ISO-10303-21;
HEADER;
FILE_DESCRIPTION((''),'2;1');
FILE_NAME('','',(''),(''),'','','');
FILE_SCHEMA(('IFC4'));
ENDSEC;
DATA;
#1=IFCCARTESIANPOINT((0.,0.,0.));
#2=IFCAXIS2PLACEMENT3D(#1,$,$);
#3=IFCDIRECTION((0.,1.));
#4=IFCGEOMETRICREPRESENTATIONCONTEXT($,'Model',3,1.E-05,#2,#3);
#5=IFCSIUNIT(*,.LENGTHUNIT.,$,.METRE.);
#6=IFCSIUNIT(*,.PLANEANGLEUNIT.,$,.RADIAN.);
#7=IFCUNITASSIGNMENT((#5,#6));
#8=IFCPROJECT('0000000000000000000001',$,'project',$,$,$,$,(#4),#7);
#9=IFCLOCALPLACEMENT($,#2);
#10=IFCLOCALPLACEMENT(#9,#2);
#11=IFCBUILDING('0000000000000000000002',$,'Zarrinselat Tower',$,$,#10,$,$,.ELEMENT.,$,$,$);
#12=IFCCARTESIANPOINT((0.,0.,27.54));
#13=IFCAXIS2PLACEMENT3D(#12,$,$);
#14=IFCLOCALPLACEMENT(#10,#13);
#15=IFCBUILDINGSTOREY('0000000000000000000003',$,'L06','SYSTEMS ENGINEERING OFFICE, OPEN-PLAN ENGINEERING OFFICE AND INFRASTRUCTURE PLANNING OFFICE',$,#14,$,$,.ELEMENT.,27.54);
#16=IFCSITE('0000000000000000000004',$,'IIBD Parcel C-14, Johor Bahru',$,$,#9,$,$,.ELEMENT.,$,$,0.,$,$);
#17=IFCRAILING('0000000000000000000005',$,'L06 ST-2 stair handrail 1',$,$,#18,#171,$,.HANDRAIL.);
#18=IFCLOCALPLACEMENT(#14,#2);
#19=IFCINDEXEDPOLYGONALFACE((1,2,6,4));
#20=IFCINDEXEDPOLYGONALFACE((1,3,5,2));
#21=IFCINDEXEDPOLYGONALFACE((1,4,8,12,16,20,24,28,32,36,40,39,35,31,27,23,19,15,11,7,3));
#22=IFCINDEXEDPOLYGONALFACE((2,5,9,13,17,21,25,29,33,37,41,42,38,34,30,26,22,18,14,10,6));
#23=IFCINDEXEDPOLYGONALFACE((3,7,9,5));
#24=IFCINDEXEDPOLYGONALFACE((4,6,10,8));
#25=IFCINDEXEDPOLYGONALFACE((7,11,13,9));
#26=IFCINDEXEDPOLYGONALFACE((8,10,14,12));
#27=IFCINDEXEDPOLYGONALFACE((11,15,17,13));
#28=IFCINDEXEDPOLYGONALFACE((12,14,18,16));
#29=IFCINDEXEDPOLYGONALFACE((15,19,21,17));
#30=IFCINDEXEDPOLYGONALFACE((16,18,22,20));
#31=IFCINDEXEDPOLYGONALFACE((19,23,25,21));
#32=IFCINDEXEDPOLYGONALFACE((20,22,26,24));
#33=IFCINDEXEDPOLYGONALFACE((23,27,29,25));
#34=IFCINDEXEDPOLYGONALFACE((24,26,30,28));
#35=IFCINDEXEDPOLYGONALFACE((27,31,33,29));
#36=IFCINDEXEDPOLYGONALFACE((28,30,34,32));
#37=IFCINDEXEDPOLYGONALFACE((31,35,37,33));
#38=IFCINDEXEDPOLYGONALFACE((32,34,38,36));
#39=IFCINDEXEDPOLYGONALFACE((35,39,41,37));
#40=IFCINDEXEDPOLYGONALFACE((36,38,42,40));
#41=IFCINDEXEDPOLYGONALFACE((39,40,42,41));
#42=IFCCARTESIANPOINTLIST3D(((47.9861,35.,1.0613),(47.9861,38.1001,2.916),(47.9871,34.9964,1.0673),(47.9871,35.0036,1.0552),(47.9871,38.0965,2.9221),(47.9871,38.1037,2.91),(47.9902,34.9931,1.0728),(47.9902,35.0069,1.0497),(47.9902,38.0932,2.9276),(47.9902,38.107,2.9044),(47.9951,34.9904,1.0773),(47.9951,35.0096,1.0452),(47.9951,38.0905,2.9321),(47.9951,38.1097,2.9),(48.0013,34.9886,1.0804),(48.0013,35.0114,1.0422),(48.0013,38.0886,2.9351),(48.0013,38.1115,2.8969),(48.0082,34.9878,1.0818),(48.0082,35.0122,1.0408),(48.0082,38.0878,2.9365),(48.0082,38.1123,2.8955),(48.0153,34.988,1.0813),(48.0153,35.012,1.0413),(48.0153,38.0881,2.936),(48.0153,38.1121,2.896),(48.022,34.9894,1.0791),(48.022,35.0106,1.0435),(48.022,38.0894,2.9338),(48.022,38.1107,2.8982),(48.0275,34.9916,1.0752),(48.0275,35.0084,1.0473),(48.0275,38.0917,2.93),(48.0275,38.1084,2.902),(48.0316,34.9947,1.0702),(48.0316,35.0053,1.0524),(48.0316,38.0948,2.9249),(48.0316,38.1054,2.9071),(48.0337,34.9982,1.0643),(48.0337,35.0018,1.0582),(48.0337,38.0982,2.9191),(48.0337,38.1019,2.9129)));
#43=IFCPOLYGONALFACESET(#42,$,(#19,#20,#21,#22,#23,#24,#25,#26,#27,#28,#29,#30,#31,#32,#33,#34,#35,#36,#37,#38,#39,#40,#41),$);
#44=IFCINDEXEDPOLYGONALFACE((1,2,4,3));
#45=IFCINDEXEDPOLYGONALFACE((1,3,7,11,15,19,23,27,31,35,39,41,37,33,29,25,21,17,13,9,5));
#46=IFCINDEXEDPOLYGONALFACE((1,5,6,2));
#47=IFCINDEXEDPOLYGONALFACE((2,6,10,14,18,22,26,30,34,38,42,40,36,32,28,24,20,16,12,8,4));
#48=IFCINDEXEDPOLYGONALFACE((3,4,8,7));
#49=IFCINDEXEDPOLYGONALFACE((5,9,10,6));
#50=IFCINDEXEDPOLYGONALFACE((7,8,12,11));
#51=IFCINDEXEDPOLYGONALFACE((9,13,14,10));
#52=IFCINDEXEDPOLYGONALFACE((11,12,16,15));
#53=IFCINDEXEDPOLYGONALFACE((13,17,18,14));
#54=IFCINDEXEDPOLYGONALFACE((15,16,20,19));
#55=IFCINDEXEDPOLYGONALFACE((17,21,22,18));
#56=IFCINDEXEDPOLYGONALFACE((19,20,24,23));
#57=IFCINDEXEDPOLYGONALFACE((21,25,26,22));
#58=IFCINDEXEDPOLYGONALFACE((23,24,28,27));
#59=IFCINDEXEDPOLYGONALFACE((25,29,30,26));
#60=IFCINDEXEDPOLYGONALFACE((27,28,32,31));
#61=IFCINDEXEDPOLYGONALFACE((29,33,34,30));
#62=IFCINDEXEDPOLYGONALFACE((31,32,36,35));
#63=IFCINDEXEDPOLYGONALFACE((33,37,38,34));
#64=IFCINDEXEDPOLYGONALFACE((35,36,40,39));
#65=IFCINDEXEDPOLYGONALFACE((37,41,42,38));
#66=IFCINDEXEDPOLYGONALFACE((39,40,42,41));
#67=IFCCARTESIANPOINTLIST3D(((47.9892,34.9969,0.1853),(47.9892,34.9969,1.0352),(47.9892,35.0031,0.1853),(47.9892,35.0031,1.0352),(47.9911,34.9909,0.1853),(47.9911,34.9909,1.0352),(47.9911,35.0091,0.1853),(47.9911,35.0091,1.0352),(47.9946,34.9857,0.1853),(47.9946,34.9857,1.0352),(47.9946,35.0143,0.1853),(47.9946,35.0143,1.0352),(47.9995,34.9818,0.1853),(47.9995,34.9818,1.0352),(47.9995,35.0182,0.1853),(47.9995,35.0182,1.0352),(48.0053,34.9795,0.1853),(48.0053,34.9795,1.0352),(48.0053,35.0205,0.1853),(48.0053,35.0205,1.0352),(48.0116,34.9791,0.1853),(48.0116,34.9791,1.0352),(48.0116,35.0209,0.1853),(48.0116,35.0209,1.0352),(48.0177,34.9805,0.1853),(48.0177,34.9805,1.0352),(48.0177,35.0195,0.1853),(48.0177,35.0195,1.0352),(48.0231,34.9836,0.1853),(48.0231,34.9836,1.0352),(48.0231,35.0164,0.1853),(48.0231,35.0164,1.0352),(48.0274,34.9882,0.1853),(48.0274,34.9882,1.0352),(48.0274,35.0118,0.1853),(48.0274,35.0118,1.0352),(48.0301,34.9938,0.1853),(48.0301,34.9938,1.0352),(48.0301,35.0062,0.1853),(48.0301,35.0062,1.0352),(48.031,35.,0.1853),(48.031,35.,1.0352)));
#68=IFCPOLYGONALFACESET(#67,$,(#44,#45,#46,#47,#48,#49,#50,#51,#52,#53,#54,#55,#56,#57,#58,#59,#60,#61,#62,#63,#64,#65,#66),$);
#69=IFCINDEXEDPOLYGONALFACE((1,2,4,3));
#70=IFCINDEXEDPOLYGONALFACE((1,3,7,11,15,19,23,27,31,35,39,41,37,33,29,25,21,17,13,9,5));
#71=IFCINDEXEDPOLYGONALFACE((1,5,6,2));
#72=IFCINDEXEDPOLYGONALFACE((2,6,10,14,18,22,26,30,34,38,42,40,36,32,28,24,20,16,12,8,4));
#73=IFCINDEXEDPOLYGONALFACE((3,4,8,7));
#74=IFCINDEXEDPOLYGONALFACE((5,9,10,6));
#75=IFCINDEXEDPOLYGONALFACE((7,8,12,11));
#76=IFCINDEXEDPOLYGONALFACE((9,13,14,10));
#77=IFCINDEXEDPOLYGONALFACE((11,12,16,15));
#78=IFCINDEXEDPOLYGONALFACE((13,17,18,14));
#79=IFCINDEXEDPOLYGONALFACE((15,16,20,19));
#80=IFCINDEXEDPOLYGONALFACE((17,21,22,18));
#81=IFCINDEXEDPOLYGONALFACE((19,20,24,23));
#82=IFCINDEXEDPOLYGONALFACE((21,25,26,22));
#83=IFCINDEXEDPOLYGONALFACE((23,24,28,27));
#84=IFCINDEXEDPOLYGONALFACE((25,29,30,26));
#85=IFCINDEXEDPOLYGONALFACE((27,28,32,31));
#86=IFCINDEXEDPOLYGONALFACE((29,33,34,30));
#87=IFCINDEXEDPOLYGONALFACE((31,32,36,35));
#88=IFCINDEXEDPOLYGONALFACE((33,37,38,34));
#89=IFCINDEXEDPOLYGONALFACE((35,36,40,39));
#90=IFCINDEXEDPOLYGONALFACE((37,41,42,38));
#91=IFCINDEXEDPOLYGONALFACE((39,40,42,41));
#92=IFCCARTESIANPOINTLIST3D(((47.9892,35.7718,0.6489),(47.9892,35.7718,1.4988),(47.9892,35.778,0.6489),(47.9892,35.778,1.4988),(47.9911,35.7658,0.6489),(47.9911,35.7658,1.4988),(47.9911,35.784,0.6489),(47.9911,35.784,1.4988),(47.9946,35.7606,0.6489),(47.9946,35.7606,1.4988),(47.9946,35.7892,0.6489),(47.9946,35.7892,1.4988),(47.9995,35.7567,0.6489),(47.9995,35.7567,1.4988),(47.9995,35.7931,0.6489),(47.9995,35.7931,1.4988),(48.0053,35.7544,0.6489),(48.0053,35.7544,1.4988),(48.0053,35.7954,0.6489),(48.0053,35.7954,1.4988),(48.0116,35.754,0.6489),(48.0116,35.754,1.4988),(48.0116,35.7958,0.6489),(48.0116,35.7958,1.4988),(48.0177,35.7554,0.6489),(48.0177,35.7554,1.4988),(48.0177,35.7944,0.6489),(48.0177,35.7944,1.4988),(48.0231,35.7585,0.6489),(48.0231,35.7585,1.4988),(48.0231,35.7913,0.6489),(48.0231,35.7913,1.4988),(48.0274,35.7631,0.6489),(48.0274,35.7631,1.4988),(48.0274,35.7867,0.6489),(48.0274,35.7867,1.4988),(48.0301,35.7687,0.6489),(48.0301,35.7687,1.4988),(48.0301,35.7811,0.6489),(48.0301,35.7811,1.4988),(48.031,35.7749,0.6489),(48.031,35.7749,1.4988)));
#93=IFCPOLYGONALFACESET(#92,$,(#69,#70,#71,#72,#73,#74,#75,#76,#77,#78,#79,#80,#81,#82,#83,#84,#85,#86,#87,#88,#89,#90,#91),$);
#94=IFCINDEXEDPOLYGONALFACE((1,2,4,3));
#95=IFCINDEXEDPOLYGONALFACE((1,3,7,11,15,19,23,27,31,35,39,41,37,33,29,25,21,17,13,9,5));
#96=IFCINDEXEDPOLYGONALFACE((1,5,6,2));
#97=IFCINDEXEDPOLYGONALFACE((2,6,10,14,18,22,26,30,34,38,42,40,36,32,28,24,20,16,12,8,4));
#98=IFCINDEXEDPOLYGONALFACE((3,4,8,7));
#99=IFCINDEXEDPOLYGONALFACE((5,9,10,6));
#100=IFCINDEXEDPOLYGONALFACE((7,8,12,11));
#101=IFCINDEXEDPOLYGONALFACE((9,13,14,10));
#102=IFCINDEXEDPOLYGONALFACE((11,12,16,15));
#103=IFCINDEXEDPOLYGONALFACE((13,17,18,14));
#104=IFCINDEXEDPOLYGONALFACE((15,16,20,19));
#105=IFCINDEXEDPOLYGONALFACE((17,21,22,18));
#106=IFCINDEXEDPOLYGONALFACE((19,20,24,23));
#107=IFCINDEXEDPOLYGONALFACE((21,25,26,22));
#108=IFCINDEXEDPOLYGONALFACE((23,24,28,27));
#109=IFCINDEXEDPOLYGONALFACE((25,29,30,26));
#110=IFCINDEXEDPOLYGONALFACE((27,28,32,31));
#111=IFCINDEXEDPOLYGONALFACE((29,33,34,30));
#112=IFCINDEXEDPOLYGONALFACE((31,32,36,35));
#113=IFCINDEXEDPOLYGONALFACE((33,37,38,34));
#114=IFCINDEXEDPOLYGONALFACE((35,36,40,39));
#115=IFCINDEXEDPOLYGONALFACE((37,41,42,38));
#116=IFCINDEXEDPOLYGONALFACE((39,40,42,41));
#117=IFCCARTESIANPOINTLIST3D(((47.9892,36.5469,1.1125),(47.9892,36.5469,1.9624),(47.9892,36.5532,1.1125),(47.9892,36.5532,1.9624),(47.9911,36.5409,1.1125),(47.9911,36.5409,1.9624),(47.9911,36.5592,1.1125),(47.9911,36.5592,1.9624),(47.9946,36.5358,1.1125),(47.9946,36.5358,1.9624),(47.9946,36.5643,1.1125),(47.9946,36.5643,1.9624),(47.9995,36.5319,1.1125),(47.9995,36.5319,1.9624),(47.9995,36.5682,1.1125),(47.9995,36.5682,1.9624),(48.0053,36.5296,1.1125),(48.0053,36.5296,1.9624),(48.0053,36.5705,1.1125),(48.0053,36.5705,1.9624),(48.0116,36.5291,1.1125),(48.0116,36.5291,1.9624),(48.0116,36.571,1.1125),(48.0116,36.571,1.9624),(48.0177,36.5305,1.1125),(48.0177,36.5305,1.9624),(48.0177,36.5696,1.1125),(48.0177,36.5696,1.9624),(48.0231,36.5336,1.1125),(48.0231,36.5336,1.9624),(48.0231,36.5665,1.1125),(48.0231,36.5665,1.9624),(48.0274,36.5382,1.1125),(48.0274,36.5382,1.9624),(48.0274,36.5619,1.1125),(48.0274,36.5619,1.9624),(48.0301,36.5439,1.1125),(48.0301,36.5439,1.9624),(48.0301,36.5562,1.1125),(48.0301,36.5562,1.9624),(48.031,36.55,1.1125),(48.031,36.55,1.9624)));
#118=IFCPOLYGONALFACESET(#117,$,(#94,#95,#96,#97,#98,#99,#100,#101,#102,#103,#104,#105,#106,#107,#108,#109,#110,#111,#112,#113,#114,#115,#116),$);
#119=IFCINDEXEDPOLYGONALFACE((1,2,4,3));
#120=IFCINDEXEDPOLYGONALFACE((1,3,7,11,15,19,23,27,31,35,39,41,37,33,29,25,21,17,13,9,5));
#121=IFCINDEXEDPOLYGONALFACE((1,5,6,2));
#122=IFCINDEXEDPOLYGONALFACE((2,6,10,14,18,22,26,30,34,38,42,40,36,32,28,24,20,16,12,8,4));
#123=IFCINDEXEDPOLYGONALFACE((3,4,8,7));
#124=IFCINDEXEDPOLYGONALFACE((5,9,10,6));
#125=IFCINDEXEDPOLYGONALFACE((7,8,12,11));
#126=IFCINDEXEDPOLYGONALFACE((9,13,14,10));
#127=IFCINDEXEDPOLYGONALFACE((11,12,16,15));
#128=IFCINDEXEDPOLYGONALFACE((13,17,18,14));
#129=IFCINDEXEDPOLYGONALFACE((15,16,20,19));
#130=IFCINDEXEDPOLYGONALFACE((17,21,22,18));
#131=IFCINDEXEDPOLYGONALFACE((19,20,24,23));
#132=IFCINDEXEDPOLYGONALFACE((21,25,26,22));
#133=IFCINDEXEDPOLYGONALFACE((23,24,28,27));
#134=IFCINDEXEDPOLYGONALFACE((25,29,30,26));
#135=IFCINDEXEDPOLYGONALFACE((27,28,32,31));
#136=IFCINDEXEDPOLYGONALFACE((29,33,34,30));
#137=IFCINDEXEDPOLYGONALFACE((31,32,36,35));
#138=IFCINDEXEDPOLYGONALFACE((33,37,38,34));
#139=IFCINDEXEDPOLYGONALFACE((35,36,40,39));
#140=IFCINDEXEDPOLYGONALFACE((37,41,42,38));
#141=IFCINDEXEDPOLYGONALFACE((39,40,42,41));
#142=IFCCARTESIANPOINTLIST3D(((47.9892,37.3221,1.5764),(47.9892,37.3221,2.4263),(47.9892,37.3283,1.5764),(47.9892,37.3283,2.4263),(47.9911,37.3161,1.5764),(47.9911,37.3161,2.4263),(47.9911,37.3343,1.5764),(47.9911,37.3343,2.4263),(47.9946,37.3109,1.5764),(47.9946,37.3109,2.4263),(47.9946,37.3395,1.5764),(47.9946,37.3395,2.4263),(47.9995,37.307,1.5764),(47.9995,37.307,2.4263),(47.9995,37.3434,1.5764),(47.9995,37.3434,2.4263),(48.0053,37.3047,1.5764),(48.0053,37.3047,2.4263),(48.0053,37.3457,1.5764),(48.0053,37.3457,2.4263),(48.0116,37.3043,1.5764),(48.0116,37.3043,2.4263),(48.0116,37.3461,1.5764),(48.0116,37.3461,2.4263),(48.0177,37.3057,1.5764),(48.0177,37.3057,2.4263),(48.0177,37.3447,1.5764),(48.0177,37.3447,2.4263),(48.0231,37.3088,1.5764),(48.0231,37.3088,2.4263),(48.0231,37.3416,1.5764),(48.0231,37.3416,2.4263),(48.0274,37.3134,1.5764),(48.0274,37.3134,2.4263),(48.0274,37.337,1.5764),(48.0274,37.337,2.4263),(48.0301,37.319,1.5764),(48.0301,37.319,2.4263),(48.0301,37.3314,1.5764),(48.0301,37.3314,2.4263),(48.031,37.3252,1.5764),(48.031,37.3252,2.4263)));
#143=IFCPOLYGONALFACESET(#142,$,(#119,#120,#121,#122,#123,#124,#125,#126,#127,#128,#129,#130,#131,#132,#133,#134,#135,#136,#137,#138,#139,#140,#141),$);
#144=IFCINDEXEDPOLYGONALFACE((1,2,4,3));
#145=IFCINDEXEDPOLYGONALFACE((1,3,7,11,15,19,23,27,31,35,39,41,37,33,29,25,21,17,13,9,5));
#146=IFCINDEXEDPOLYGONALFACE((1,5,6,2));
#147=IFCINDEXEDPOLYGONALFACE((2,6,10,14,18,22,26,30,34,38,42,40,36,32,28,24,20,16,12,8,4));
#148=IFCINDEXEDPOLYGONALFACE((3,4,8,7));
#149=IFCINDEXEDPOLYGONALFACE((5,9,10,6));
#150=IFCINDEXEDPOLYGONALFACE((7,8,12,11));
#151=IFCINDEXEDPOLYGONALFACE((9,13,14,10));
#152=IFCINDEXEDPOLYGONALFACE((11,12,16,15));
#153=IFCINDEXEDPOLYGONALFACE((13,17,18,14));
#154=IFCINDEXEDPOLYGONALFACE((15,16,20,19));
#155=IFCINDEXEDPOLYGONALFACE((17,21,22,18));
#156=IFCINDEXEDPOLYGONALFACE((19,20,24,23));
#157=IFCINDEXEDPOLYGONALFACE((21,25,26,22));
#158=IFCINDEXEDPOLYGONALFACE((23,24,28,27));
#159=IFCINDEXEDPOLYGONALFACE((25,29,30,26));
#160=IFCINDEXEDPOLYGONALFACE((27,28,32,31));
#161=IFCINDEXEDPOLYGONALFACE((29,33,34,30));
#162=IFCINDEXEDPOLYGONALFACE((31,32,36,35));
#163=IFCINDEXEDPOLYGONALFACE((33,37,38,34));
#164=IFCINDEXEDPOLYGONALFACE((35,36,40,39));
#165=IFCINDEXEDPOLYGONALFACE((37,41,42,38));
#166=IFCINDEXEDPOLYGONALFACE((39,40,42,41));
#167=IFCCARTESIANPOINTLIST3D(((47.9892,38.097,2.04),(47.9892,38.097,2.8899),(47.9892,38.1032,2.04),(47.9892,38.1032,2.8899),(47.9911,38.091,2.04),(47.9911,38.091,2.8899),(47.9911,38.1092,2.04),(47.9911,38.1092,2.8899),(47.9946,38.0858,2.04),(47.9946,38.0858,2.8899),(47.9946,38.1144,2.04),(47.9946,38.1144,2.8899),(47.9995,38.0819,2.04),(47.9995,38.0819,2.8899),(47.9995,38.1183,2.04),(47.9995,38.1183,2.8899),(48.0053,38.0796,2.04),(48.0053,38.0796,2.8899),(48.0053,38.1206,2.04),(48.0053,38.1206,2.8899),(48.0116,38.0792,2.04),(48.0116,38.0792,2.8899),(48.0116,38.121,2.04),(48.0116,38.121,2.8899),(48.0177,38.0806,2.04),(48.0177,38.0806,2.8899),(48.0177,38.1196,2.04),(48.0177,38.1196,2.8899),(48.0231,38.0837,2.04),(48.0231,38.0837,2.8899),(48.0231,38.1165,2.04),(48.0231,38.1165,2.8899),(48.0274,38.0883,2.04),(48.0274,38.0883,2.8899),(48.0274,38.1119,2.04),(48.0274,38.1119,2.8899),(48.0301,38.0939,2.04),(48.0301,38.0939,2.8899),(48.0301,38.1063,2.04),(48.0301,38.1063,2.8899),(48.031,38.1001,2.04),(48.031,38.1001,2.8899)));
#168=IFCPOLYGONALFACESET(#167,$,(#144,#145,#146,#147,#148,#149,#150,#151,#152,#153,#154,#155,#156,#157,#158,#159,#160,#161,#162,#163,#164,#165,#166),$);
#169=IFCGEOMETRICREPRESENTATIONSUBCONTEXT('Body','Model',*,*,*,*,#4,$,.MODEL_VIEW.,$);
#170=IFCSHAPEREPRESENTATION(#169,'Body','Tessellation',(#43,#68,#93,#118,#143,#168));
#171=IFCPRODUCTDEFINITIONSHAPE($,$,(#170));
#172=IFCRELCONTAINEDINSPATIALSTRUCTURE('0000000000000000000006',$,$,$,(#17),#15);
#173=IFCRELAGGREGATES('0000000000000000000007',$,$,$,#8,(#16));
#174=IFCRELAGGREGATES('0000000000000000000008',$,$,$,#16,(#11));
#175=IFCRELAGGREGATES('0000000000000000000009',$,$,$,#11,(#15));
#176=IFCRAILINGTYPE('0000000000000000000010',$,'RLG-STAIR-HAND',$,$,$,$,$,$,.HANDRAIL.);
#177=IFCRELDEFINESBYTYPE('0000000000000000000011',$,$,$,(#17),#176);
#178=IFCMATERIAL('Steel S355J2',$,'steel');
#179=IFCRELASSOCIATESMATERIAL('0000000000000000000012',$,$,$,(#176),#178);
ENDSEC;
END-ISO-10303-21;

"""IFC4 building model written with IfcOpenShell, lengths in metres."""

from ifc_helpers import new_model, si_unit, direction, frame, origin, origin_2d, place, context, subcontext, project, spatial, circle, extrude, material, type_object, element, save


model = new_model("IFC4")

# Units and contexts
model_context = context("Model", 3, precision=1e-05, world=origin(), true_north=direction((0.0, 1.0)))
body_context = subcontext(model_context, "Body", "Model", "MODEL_VIEW")
ifc_project = project(units=[si_unit("LENGTHUNIT", "METRE"), si_unit("PLANEANGLEUNIT", "RADIAN")], contexts=[model_context])

# Site, building, storey
site_placement = place(None, origin())
site = spatial("IfcSite", under=ifc_project, at=site_placement, Name="IIBD Parcel C-14, Johor Bahru", CompositionType="ELEMENT", RefElevation=0.0)
building_placement = place(site_placement, origin())
building = spatial("IfcBuilding", under=site, at=building_placement, Name="Zarrinselat Tower", CompositionType="ELEMENT")
storey_placement = place(building_placement, frame((0.0, 0.0, 27.54)))
storey = spatial("IfcBuildingStorey", under=building, at=storey_placement, Name="L06", Description="SYSTEMS ENGINEERING OFFICE, OPEN-PLAN ENGINEERING OFFICE AND INFRASTRUCTURE PLANNING OFFICE", CompositionType="ELEMENT", Elevation=27.54)

# Railing
ifc_material_1 = material(Name="Steel S355J2", Category="steel")
railing_type_1 = type_object("IfcRailingType", Name="RLG-STAIR-HAND", PredefinedType="HANDRAIL", material=ifc_material_1)
railing_1_placement = place(storey_placement, frame((48.01, 35.0, 0.1853)))
element("IfcRailing", 1, at=railing_1_placement, inside=storey, type_object=railing_type_1, Name="L06 ST-2 stair handrail 1", PredefinedType="HANDRAIL", context=body_context, shape_type="SweptSolid", body=[
    extrude(circle(Radius=0.0239, at=origin_2d()), frame((0.0, 0.0, 0.876), z_axis=(0.0, 0.858142, 0.513412), x_axis=(-1.0, 0.0, 0.0)), (0.0, 0.0, 1.0), 3.6125),
    extrude(circle(Radius=0.021, at=origin_2d()), origin(), (0.0, 0.0, 1.0), 0.8499),
    extrude(circle(Radius=0.021, at=origin_2d()), frame((0.0, 0.7749, 0.4636)), (0.0, 0.0, 1.0), 0.8499),
    extrude(circle(Radius=0.021, at=origin_2d()), frame((0.0, 1.55, 0.9272)), (0.0, 0.0, 1.0), 0.8499),
    extrude(circle(Radius=0.021, at=origin_2d()), frame((0.0, 2.3252, 1.3911)), (0.0, 0.0, 1.0), 0.8499),
    extrude(circle(Radius=0.021, at=origin_2d()), frame((0.0, 3.1001, 1.8547)), (0.0, 0.0, 1.0), 0.8499),
])

save(model, "model.ifc")
